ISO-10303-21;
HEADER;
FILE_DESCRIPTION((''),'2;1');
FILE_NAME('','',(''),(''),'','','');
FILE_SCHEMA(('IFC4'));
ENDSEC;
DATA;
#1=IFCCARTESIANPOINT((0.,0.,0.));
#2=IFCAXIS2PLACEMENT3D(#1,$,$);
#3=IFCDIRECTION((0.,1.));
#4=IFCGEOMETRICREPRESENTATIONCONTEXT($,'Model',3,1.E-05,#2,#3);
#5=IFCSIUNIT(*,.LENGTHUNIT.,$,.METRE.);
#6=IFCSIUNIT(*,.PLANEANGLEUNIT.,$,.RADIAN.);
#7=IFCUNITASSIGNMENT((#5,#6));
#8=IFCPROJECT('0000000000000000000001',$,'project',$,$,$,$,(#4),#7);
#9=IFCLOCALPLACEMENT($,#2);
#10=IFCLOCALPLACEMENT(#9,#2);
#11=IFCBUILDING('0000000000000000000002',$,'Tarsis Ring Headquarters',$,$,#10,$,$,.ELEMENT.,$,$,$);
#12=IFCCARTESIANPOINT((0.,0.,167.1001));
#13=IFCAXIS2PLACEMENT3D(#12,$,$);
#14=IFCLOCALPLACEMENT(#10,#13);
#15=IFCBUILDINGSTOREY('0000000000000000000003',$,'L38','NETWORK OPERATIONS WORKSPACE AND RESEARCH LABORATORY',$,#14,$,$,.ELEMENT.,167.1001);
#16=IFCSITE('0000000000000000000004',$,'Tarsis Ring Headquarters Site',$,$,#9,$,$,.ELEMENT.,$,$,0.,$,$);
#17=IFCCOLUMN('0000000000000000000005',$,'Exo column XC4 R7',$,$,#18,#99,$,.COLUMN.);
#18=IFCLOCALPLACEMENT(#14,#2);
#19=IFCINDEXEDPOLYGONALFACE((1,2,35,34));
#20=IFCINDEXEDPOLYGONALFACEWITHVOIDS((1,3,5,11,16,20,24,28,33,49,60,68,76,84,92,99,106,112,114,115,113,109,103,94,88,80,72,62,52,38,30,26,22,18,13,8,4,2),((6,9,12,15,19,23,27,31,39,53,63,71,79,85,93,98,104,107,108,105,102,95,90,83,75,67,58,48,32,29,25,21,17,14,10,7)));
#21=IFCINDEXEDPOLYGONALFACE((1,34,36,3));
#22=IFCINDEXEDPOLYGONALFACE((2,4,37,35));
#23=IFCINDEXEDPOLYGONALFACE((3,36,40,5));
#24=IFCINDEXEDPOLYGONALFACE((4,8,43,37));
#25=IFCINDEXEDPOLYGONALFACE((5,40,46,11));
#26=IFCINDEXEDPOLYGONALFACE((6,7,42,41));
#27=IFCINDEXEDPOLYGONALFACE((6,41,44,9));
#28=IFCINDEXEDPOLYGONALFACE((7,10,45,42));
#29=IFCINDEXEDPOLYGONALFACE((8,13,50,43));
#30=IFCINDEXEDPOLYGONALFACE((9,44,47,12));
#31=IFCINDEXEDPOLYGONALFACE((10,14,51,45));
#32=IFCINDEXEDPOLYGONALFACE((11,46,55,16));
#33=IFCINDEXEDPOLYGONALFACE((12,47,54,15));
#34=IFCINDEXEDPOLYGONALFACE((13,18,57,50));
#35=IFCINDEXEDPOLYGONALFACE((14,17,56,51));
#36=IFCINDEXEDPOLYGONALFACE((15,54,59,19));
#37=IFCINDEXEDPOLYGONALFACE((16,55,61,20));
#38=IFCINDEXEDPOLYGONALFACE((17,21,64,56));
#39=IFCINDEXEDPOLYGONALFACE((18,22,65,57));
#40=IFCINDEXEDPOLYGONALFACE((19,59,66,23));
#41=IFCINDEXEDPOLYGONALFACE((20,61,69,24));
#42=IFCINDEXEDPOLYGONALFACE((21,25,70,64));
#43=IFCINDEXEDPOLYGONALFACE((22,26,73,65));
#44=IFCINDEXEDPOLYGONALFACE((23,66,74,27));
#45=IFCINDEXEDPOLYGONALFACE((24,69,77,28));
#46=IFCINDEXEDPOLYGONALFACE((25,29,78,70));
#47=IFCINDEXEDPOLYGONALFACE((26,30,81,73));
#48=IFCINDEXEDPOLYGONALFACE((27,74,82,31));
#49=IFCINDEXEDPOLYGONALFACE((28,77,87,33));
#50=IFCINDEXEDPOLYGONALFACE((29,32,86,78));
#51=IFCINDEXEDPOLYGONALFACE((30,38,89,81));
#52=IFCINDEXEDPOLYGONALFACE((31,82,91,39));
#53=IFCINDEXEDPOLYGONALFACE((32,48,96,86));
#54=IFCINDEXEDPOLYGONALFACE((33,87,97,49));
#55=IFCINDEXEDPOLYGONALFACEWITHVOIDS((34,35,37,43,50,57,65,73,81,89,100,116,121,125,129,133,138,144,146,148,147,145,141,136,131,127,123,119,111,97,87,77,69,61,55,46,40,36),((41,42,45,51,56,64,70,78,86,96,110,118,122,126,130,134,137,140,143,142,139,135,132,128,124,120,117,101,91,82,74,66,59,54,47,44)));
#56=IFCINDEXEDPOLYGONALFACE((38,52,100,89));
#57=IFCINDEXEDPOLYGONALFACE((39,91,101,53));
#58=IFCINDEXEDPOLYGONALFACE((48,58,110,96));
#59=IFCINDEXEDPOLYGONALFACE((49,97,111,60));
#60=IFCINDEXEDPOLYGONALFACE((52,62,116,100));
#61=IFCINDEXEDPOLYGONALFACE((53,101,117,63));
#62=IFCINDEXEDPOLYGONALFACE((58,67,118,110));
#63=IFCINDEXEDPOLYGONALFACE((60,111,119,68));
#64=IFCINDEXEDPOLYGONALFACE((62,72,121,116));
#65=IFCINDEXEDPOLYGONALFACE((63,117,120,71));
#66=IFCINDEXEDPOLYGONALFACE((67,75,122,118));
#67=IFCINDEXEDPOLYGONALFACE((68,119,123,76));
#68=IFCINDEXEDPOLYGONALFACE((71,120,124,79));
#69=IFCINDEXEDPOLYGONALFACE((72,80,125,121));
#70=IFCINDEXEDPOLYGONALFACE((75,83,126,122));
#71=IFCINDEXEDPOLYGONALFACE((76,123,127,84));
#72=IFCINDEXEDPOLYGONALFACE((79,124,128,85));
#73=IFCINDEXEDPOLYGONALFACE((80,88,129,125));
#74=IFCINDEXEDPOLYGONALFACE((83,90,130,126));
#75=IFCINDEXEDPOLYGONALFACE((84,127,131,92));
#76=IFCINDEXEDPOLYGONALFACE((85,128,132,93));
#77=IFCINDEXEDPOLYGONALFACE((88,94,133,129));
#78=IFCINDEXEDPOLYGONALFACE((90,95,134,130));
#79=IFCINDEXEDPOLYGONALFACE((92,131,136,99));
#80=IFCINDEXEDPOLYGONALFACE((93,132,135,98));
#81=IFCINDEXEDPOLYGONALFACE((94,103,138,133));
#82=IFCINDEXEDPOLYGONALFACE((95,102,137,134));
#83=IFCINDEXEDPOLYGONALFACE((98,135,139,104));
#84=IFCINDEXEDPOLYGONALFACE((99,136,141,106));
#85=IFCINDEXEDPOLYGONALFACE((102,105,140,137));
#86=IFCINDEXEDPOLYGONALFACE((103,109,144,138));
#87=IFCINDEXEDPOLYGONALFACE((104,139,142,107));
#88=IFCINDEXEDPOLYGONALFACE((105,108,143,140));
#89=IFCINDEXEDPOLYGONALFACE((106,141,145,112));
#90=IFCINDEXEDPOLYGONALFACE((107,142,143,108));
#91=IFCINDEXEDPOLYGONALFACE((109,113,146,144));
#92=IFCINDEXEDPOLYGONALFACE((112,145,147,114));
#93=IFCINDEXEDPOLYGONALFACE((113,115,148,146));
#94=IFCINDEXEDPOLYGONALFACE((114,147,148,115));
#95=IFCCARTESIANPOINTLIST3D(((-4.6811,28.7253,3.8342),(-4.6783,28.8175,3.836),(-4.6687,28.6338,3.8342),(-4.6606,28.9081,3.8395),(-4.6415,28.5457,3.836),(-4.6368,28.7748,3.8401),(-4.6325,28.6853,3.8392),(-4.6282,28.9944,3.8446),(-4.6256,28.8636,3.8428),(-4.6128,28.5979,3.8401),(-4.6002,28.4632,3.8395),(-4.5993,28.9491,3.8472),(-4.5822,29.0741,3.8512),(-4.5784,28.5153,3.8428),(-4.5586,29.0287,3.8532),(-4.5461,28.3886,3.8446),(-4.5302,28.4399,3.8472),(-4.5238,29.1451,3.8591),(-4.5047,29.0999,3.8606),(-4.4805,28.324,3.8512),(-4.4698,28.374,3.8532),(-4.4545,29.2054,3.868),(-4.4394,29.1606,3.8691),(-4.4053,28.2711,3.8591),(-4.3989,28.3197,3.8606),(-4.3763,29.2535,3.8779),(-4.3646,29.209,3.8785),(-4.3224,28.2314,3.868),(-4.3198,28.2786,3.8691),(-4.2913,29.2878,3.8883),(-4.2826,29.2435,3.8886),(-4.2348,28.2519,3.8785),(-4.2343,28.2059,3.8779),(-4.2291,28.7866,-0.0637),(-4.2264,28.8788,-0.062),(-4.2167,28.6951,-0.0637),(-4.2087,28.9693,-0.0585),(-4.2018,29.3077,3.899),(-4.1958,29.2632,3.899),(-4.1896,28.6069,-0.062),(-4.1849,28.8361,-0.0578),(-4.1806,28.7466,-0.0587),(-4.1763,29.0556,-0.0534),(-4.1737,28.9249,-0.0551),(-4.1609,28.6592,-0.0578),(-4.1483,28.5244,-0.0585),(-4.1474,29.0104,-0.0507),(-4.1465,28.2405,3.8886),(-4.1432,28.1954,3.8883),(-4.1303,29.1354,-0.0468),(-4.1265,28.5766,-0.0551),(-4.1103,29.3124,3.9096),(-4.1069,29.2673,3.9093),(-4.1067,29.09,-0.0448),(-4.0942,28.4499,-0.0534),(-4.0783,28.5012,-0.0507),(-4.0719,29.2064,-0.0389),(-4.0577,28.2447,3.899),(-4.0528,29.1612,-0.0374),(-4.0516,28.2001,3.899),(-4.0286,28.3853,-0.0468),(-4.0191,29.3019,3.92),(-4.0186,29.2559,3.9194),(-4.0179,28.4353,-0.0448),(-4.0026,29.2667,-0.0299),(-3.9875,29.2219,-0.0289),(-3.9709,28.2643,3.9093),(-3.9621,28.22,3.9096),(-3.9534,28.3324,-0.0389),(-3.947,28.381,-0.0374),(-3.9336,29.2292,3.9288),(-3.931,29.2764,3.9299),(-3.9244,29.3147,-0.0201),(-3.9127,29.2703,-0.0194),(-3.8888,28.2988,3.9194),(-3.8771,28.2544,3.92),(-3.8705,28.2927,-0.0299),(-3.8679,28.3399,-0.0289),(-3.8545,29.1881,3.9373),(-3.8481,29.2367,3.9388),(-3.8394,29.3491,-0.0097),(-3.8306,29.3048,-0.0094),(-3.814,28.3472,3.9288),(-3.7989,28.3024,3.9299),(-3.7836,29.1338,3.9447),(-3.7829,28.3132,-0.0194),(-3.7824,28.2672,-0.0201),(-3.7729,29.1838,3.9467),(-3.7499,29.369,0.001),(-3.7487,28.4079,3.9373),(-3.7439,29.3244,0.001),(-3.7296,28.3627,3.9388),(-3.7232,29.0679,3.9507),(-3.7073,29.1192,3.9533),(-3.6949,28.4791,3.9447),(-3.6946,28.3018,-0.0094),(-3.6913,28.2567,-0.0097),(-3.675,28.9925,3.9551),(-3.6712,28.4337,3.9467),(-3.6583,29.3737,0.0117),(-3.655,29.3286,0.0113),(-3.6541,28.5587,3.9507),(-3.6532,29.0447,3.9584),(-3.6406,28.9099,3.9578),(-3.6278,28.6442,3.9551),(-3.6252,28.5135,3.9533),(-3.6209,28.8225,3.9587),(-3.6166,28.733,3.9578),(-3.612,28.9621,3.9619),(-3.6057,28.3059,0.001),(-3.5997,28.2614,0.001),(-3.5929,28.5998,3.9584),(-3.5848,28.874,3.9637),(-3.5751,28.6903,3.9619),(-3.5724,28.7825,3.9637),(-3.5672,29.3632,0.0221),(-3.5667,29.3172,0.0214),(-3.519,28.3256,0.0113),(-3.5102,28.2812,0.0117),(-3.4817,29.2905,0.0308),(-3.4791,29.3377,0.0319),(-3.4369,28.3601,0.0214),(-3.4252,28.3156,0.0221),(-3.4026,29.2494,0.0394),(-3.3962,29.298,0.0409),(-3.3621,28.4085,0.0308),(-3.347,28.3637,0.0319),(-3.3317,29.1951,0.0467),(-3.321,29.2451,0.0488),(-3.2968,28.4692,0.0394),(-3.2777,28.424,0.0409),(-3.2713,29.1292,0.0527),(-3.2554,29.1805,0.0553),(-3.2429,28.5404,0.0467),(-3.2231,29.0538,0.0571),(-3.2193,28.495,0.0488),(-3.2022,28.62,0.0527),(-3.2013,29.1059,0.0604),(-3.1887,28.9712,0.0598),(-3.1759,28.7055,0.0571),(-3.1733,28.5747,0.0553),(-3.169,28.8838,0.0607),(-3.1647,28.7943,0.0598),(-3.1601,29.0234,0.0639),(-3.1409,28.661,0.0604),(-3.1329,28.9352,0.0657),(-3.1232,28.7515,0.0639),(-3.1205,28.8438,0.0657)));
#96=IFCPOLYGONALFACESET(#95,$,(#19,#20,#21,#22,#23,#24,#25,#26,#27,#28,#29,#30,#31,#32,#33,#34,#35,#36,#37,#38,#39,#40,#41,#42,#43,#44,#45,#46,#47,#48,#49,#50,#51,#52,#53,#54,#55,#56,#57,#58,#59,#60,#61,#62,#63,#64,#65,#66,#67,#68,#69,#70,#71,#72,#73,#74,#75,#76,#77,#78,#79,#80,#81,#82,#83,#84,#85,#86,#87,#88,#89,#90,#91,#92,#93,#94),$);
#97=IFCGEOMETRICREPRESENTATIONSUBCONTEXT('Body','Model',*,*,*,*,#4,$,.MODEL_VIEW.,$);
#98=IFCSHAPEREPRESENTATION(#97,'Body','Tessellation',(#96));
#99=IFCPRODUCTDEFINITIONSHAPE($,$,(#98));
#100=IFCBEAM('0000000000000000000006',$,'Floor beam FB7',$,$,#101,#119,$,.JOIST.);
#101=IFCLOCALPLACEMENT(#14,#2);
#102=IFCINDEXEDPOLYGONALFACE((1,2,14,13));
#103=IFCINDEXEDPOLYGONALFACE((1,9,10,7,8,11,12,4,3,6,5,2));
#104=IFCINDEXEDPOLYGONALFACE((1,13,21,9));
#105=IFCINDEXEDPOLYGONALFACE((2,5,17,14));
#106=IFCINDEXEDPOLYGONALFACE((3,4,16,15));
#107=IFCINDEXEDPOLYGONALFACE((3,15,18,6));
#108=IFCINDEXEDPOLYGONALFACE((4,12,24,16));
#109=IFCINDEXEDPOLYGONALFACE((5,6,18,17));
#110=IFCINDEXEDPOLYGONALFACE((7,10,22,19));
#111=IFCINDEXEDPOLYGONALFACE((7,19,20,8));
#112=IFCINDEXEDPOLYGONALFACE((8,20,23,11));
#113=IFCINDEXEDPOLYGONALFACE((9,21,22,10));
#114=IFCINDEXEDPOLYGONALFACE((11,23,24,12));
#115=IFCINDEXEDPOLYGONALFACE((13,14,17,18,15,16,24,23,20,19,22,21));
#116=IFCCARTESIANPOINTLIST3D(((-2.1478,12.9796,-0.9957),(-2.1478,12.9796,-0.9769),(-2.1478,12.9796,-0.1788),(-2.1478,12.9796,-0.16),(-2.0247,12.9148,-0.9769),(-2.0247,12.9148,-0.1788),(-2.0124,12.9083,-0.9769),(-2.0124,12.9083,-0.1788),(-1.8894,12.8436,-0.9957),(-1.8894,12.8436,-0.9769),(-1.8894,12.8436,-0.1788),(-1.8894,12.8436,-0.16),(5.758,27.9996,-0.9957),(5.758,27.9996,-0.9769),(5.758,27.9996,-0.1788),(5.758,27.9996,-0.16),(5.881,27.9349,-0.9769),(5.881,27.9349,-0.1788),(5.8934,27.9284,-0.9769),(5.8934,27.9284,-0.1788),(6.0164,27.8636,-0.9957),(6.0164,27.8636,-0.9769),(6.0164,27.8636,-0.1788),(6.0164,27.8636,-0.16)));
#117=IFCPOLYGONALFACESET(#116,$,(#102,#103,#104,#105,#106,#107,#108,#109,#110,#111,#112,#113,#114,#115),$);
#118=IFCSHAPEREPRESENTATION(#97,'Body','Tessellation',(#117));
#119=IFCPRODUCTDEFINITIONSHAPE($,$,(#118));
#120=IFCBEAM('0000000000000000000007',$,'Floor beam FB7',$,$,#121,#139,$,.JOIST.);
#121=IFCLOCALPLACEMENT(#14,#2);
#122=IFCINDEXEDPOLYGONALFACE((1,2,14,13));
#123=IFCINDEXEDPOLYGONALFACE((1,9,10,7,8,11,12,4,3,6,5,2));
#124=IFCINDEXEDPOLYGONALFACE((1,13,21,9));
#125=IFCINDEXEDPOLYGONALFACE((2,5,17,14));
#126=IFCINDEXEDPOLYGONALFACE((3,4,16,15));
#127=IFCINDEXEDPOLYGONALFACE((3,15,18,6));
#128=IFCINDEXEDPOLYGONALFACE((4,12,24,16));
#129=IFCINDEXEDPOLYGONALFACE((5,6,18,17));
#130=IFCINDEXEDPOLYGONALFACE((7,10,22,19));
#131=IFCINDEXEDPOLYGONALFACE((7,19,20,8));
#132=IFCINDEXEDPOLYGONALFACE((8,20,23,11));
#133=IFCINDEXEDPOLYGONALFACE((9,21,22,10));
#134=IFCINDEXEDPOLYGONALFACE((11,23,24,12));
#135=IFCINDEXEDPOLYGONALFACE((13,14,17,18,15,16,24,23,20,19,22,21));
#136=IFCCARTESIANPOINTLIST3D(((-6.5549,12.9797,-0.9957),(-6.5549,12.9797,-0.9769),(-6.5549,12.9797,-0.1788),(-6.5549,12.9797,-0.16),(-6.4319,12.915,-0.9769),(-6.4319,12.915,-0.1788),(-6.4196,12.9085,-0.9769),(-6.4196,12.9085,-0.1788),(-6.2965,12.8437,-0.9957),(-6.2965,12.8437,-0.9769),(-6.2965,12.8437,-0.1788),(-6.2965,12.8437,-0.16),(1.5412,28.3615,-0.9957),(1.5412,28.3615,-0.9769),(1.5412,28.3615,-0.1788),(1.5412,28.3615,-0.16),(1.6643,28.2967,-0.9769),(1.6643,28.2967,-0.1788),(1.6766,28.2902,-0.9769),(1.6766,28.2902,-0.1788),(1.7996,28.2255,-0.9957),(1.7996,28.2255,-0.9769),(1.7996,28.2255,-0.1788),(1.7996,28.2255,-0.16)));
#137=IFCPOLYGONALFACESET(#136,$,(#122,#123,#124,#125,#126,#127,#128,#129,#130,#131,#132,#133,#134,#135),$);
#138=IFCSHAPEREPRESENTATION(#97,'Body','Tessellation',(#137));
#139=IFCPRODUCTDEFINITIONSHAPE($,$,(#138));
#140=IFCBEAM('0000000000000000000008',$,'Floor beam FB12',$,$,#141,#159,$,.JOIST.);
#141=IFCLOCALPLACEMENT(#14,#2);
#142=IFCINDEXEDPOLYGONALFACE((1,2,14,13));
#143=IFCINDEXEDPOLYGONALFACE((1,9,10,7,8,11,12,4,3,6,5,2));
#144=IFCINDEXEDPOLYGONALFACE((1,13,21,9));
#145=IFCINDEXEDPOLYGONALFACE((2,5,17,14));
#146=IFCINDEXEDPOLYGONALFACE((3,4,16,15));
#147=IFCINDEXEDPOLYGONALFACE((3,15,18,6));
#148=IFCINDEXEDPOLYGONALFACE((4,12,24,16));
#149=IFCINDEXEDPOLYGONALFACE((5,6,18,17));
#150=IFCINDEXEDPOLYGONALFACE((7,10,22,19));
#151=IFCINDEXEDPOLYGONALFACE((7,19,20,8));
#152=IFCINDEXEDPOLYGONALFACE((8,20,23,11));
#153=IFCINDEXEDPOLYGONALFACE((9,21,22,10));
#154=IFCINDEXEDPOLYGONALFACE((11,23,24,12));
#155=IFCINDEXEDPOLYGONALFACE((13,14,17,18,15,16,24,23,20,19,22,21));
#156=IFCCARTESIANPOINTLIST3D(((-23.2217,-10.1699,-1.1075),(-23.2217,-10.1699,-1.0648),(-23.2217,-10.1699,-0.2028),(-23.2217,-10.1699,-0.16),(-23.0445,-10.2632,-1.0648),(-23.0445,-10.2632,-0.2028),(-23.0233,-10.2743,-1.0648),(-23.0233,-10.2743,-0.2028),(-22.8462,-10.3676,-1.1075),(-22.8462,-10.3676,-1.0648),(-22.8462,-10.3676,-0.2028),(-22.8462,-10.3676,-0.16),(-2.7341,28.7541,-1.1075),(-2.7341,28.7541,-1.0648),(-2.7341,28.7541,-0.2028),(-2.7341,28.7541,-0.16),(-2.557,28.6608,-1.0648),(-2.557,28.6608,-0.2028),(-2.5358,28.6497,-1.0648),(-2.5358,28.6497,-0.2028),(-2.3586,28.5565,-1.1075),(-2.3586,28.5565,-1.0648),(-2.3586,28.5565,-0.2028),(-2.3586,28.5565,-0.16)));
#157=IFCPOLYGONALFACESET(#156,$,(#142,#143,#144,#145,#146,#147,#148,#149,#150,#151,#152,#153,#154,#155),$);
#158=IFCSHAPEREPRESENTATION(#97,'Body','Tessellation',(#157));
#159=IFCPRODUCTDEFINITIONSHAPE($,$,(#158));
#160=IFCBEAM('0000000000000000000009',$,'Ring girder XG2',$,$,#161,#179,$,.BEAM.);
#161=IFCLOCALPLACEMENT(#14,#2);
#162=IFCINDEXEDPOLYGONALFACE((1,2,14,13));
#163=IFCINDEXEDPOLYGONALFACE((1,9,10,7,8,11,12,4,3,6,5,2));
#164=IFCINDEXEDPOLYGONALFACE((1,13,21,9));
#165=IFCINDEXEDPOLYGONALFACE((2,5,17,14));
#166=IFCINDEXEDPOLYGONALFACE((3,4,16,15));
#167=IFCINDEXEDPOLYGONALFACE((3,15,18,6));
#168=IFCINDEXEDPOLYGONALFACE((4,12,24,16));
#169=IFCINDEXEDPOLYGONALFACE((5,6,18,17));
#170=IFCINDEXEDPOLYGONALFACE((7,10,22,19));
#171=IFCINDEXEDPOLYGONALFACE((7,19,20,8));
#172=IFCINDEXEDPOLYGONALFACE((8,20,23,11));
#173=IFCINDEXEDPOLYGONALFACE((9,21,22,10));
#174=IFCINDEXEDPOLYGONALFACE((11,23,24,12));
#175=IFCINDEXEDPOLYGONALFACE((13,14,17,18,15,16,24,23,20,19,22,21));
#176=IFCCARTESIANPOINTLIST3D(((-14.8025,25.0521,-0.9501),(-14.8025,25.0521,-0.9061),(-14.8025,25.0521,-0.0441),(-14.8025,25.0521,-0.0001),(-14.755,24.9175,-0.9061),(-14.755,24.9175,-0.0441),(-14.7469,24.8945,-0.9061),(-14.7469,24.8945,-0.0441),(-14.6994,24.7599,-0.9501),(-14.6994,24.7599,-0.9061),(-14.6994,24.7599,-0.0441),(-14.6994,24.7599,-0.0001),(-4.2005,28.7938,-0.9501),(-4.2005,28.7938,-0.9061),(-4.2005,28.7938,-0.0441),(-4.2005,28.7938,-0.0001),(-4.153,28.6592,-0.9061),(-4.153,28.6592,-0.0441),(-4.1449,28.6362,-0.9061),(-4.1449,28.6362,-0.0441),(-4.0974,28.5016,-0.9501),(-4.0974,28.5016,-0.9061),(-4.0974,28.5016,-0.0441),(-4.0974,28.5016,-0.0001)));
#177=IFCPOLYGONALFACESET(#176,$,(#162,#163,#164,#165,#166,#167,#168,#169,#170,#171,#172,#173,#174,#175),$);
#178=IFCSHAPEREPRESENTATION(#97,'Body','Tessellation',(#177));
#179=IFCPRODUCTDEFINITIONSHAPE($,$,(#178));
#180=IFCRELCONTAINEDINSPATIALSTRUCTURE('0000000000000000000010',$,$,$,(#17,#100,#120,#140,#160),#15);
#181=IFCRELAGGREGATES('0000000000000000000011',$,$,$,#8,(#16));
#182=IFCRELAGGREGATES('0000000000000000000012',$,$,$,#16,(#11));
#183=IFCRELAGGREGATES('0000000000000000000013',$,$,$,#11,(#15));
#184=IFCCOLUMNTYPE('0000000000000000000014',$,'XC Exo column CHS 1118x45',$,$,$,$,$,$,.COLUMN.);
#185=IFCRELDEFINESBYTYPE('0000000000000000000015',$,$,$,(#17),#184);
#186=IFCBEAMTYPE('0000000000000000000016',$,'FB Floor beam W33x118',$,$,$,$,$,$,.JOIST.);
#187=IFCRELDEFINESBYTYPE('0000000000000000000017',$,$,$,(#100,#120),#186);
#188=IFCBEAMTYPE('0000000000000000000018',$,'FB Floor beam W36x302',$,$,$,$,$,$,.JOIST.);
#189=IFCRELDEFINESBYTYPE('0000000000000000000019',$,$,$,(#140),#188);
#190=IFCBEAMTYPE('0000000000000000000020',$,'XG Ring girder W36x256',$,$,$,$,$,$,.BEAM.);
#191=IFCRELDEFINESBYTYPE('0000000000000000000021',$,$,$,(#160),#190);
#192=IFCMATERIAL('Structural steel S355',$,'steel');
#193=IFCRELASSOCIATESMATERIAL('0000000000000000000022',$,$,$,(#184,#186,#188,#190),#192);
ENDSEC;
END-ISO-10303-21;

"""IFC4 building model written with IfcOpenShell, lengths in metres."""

from ifc_helpers import new_model, si_unit, direction, frame, origin, origin_2d, place, context, subcontext, project, spatial, hollow_circle, i_section, extrude, material, material_profile, profile_set, type_object, element, save


model = new_model("IFC4")

# Units and contexts
model_context = context("Model", 3, precision=1e-05, world=origin(), true_north=direction((0.0, 1.0)))
body_context = subcontext(model_context, "Body", "Model", "MODEL_VIEW")
ifc_project = project(units=[si_unit("LENGTHUNIT", "METRE"), si_unit("PLANEANGLEUNIT", "RADIAN")], contexts=[model_context])

# Site, building, storey
site_placement = place(None, origin())
site = spatial("IfcSite", under=ifc_project, at=site_placement, Name="Tarsis Ring Headquarters Site", CompositionType="ELEMENT", RefElevation=0.0)
building_placement = place(site_placement, origin())
building = spatial("IfcBuilding", under=site, at=building_placement, Name="Tarsis Ring Headquarters", CompositionType="ELEMENT")
storey_placement = place(building_placement, frame((0.0, 0.0, 167.1001)))
storey = spatial("IfcBuildingStorey", under=building, at=storey_placement, Name="L38", Description="NETWORK OPERATIONS WORKSPACE AND RESEARCH LABORATORY", CompositionType="ELEMENT", Elevation=167.1001)

# Column
ifc_material_1 = material(Name="Structural steel S355", Category="steel")
ifc_material_profile_1 = material_profile(ifc_material_1, hollow_circle(Radius=0.5588, WallThickness=0.0449, at=origin_2d()), Name="CHS 1118x45")
ifc_profile_set_1 = profile_set([ifc_material_profile_1], Name="Structural steel S355")
column_type = type_object("IfcColumnType", Name="XC Exo column CHS 1118x45", PredefinedType="COLUMN", material=ifc_profile_set_1)
column_placement = place(storey_placement, frame((-3.6748, 28.8152, 0.001), z_axis=(-0.115148, -0.015614, 0.993226), x_axis=(0.134373, -0.990931, 0.0)))
element("IfcColumn", 1, at=column_placement, inside=storey, type_object=column_type, Name="Exo column XC4 R7", PredefinedType="COLUMN", context=body_context, shape_type="SweptSolid", body=[
    extrude(hollow_circle(Radius=0.5588, WallThickness=0.0449, at=origin_2d()), origin(), (0.0, 0.0, 1.0), 3.9246),
])

# Beams
ifc_material_profile_2 = material_profile(ifc_material_1, i_section(OverallWidth=0.292, OverallDepth=0.8357, WebThickness=0.0139, FlangeThickness=0.0188, at=origin_2d()), Name="W33x118")
ifc_profile_set_2 = profile_set([ifc_material_profile_2], Name="Structural steel S355")
beam_type_1 = type_object("IfcBeamType", Name="FB Floor beam W33x118", PredefinedType="JOIST", material=ifc_profile_set_2)
beam_1_placement = place(storey_placement, frame((5.8872, 27.9316, -0.5779), z_axis=(-0.465769, -0.884906, 0.0), x_axis=(0.884906, -0.465769, 0.0)))
element("IfcBeam", 2, at=beam_1_placement, inside=storey, type_object=beam_type_1, Name="Floor beam FB7", PredefinedType="JOIST", context=body_context, shape_type="SweptSolid", body=[
    extrude(i_section(OverallWidth=0.292, OverallDepth=0.8357, WebThickness=0.0139, FlangeThickness=0.0188, at=origin_2d()), origin(), (0.0, 0.0, 1.0), 16.9736),
])
beam_2_placement = place(storey_placement, frame((1.6704, 28.2935, -0.5779), z_axis=(-0.465768, -0.884907, 0.0), x_axis=(0.884907, -0.465768, 0.0)))
element("IfcBeam", 3, at=beam_2_placement, inside=storey, type_object=beam_type_1, Name="Floor beam FB7", PredefinedType="JOIST", context=body_context, shape_type="SweptSolid", body=[
    extrude(i_section(OverallWidth=0.292, OverallDepth=0.8357, WebThickness=0.0139, FlangeThickness=0.0188, at=origin_2d()), origin(), (0.0, 0.0, 1.0), 17.3823),
])
ifc_material_profile_3 = material_profile(ifc_material_1, i_section(OverallWidth=0.4243, OverallDepth=0.9475, WebThickness=0.0239, FlangeThickness=0.0427, at=origin_2d()), Name="W36x302")
ifc_profile_set_3 = profile_set([ifc_material_profile_3], Name="Structural steel S355")
beam_type_2 = type_object("IfcBeamType", Name="FB Floor beam W36x302", PredefinedType="JOIST", material=ifc_profile_set_3)
beam_3_placement = place(storey_placement, frame((-2.5464, 28.6553, -0.6338), z_axis=(-0.465768, -0.884907, 0.0), x_axis=(0.884907, -0.465768, 0.0)))
element("IfcBeam", 4, at=beam_3_placement, inside=storey, type_object=beam_type_2, Name="Floor beam FB12", PredefinedType="JOIST", context=body_context, shape_type="SweptSolid", body=[
    extrude(i_section(OverallWidth=0.4243, OverallDepth=0.9475, WebThickness=0.0239, FlangeThickness=0.0427, at=origin_2d()), origin(), (0.0, 0.0, 1.0), 43.9866),
])
ifc_material_profile_4 = material_profile(ifc_material_1, i_section(OverallWidth=0.3098, OverallDepth=0.95, WebThickness=0.0244, FlangeThickness=0.0439, at=origin_2d()), Name="W36x256")
ifc_profile_set_4 = profile_set([ifc_material_profile_4], Name="Structural steel S355")
beam_type_3 = type_object("IfcBeamType", Name="XG Ring girder W36x256", PredefinedType="BEAM", material=ifc_profile_set_4)
beam_4_placement = place(storey_placement, frame((-4.1489, 28.6477, -0.4751), z_axis=(-0.942996, -0.332804, 0.0), x_axis=(0.332804, -0.942996, 0.0)))
element("IfcBeam", 5, at=beam_4_placement, inside=storey, type_object=beam_type_3, Name="Ring girder XG2", PredefinedType="BEAM", context=body_context, shape_type="SweptSolid", body=[
    extrude(i_section(OverallWidth=0.3098, OverallDepth=0.95, WebThickness=0.0244, FlangeThickness=0.0439, at=origin_2d()), origin(), (0.0, 0.0, 1.0), 11.2429),
])

save(model, "model.ifc")
